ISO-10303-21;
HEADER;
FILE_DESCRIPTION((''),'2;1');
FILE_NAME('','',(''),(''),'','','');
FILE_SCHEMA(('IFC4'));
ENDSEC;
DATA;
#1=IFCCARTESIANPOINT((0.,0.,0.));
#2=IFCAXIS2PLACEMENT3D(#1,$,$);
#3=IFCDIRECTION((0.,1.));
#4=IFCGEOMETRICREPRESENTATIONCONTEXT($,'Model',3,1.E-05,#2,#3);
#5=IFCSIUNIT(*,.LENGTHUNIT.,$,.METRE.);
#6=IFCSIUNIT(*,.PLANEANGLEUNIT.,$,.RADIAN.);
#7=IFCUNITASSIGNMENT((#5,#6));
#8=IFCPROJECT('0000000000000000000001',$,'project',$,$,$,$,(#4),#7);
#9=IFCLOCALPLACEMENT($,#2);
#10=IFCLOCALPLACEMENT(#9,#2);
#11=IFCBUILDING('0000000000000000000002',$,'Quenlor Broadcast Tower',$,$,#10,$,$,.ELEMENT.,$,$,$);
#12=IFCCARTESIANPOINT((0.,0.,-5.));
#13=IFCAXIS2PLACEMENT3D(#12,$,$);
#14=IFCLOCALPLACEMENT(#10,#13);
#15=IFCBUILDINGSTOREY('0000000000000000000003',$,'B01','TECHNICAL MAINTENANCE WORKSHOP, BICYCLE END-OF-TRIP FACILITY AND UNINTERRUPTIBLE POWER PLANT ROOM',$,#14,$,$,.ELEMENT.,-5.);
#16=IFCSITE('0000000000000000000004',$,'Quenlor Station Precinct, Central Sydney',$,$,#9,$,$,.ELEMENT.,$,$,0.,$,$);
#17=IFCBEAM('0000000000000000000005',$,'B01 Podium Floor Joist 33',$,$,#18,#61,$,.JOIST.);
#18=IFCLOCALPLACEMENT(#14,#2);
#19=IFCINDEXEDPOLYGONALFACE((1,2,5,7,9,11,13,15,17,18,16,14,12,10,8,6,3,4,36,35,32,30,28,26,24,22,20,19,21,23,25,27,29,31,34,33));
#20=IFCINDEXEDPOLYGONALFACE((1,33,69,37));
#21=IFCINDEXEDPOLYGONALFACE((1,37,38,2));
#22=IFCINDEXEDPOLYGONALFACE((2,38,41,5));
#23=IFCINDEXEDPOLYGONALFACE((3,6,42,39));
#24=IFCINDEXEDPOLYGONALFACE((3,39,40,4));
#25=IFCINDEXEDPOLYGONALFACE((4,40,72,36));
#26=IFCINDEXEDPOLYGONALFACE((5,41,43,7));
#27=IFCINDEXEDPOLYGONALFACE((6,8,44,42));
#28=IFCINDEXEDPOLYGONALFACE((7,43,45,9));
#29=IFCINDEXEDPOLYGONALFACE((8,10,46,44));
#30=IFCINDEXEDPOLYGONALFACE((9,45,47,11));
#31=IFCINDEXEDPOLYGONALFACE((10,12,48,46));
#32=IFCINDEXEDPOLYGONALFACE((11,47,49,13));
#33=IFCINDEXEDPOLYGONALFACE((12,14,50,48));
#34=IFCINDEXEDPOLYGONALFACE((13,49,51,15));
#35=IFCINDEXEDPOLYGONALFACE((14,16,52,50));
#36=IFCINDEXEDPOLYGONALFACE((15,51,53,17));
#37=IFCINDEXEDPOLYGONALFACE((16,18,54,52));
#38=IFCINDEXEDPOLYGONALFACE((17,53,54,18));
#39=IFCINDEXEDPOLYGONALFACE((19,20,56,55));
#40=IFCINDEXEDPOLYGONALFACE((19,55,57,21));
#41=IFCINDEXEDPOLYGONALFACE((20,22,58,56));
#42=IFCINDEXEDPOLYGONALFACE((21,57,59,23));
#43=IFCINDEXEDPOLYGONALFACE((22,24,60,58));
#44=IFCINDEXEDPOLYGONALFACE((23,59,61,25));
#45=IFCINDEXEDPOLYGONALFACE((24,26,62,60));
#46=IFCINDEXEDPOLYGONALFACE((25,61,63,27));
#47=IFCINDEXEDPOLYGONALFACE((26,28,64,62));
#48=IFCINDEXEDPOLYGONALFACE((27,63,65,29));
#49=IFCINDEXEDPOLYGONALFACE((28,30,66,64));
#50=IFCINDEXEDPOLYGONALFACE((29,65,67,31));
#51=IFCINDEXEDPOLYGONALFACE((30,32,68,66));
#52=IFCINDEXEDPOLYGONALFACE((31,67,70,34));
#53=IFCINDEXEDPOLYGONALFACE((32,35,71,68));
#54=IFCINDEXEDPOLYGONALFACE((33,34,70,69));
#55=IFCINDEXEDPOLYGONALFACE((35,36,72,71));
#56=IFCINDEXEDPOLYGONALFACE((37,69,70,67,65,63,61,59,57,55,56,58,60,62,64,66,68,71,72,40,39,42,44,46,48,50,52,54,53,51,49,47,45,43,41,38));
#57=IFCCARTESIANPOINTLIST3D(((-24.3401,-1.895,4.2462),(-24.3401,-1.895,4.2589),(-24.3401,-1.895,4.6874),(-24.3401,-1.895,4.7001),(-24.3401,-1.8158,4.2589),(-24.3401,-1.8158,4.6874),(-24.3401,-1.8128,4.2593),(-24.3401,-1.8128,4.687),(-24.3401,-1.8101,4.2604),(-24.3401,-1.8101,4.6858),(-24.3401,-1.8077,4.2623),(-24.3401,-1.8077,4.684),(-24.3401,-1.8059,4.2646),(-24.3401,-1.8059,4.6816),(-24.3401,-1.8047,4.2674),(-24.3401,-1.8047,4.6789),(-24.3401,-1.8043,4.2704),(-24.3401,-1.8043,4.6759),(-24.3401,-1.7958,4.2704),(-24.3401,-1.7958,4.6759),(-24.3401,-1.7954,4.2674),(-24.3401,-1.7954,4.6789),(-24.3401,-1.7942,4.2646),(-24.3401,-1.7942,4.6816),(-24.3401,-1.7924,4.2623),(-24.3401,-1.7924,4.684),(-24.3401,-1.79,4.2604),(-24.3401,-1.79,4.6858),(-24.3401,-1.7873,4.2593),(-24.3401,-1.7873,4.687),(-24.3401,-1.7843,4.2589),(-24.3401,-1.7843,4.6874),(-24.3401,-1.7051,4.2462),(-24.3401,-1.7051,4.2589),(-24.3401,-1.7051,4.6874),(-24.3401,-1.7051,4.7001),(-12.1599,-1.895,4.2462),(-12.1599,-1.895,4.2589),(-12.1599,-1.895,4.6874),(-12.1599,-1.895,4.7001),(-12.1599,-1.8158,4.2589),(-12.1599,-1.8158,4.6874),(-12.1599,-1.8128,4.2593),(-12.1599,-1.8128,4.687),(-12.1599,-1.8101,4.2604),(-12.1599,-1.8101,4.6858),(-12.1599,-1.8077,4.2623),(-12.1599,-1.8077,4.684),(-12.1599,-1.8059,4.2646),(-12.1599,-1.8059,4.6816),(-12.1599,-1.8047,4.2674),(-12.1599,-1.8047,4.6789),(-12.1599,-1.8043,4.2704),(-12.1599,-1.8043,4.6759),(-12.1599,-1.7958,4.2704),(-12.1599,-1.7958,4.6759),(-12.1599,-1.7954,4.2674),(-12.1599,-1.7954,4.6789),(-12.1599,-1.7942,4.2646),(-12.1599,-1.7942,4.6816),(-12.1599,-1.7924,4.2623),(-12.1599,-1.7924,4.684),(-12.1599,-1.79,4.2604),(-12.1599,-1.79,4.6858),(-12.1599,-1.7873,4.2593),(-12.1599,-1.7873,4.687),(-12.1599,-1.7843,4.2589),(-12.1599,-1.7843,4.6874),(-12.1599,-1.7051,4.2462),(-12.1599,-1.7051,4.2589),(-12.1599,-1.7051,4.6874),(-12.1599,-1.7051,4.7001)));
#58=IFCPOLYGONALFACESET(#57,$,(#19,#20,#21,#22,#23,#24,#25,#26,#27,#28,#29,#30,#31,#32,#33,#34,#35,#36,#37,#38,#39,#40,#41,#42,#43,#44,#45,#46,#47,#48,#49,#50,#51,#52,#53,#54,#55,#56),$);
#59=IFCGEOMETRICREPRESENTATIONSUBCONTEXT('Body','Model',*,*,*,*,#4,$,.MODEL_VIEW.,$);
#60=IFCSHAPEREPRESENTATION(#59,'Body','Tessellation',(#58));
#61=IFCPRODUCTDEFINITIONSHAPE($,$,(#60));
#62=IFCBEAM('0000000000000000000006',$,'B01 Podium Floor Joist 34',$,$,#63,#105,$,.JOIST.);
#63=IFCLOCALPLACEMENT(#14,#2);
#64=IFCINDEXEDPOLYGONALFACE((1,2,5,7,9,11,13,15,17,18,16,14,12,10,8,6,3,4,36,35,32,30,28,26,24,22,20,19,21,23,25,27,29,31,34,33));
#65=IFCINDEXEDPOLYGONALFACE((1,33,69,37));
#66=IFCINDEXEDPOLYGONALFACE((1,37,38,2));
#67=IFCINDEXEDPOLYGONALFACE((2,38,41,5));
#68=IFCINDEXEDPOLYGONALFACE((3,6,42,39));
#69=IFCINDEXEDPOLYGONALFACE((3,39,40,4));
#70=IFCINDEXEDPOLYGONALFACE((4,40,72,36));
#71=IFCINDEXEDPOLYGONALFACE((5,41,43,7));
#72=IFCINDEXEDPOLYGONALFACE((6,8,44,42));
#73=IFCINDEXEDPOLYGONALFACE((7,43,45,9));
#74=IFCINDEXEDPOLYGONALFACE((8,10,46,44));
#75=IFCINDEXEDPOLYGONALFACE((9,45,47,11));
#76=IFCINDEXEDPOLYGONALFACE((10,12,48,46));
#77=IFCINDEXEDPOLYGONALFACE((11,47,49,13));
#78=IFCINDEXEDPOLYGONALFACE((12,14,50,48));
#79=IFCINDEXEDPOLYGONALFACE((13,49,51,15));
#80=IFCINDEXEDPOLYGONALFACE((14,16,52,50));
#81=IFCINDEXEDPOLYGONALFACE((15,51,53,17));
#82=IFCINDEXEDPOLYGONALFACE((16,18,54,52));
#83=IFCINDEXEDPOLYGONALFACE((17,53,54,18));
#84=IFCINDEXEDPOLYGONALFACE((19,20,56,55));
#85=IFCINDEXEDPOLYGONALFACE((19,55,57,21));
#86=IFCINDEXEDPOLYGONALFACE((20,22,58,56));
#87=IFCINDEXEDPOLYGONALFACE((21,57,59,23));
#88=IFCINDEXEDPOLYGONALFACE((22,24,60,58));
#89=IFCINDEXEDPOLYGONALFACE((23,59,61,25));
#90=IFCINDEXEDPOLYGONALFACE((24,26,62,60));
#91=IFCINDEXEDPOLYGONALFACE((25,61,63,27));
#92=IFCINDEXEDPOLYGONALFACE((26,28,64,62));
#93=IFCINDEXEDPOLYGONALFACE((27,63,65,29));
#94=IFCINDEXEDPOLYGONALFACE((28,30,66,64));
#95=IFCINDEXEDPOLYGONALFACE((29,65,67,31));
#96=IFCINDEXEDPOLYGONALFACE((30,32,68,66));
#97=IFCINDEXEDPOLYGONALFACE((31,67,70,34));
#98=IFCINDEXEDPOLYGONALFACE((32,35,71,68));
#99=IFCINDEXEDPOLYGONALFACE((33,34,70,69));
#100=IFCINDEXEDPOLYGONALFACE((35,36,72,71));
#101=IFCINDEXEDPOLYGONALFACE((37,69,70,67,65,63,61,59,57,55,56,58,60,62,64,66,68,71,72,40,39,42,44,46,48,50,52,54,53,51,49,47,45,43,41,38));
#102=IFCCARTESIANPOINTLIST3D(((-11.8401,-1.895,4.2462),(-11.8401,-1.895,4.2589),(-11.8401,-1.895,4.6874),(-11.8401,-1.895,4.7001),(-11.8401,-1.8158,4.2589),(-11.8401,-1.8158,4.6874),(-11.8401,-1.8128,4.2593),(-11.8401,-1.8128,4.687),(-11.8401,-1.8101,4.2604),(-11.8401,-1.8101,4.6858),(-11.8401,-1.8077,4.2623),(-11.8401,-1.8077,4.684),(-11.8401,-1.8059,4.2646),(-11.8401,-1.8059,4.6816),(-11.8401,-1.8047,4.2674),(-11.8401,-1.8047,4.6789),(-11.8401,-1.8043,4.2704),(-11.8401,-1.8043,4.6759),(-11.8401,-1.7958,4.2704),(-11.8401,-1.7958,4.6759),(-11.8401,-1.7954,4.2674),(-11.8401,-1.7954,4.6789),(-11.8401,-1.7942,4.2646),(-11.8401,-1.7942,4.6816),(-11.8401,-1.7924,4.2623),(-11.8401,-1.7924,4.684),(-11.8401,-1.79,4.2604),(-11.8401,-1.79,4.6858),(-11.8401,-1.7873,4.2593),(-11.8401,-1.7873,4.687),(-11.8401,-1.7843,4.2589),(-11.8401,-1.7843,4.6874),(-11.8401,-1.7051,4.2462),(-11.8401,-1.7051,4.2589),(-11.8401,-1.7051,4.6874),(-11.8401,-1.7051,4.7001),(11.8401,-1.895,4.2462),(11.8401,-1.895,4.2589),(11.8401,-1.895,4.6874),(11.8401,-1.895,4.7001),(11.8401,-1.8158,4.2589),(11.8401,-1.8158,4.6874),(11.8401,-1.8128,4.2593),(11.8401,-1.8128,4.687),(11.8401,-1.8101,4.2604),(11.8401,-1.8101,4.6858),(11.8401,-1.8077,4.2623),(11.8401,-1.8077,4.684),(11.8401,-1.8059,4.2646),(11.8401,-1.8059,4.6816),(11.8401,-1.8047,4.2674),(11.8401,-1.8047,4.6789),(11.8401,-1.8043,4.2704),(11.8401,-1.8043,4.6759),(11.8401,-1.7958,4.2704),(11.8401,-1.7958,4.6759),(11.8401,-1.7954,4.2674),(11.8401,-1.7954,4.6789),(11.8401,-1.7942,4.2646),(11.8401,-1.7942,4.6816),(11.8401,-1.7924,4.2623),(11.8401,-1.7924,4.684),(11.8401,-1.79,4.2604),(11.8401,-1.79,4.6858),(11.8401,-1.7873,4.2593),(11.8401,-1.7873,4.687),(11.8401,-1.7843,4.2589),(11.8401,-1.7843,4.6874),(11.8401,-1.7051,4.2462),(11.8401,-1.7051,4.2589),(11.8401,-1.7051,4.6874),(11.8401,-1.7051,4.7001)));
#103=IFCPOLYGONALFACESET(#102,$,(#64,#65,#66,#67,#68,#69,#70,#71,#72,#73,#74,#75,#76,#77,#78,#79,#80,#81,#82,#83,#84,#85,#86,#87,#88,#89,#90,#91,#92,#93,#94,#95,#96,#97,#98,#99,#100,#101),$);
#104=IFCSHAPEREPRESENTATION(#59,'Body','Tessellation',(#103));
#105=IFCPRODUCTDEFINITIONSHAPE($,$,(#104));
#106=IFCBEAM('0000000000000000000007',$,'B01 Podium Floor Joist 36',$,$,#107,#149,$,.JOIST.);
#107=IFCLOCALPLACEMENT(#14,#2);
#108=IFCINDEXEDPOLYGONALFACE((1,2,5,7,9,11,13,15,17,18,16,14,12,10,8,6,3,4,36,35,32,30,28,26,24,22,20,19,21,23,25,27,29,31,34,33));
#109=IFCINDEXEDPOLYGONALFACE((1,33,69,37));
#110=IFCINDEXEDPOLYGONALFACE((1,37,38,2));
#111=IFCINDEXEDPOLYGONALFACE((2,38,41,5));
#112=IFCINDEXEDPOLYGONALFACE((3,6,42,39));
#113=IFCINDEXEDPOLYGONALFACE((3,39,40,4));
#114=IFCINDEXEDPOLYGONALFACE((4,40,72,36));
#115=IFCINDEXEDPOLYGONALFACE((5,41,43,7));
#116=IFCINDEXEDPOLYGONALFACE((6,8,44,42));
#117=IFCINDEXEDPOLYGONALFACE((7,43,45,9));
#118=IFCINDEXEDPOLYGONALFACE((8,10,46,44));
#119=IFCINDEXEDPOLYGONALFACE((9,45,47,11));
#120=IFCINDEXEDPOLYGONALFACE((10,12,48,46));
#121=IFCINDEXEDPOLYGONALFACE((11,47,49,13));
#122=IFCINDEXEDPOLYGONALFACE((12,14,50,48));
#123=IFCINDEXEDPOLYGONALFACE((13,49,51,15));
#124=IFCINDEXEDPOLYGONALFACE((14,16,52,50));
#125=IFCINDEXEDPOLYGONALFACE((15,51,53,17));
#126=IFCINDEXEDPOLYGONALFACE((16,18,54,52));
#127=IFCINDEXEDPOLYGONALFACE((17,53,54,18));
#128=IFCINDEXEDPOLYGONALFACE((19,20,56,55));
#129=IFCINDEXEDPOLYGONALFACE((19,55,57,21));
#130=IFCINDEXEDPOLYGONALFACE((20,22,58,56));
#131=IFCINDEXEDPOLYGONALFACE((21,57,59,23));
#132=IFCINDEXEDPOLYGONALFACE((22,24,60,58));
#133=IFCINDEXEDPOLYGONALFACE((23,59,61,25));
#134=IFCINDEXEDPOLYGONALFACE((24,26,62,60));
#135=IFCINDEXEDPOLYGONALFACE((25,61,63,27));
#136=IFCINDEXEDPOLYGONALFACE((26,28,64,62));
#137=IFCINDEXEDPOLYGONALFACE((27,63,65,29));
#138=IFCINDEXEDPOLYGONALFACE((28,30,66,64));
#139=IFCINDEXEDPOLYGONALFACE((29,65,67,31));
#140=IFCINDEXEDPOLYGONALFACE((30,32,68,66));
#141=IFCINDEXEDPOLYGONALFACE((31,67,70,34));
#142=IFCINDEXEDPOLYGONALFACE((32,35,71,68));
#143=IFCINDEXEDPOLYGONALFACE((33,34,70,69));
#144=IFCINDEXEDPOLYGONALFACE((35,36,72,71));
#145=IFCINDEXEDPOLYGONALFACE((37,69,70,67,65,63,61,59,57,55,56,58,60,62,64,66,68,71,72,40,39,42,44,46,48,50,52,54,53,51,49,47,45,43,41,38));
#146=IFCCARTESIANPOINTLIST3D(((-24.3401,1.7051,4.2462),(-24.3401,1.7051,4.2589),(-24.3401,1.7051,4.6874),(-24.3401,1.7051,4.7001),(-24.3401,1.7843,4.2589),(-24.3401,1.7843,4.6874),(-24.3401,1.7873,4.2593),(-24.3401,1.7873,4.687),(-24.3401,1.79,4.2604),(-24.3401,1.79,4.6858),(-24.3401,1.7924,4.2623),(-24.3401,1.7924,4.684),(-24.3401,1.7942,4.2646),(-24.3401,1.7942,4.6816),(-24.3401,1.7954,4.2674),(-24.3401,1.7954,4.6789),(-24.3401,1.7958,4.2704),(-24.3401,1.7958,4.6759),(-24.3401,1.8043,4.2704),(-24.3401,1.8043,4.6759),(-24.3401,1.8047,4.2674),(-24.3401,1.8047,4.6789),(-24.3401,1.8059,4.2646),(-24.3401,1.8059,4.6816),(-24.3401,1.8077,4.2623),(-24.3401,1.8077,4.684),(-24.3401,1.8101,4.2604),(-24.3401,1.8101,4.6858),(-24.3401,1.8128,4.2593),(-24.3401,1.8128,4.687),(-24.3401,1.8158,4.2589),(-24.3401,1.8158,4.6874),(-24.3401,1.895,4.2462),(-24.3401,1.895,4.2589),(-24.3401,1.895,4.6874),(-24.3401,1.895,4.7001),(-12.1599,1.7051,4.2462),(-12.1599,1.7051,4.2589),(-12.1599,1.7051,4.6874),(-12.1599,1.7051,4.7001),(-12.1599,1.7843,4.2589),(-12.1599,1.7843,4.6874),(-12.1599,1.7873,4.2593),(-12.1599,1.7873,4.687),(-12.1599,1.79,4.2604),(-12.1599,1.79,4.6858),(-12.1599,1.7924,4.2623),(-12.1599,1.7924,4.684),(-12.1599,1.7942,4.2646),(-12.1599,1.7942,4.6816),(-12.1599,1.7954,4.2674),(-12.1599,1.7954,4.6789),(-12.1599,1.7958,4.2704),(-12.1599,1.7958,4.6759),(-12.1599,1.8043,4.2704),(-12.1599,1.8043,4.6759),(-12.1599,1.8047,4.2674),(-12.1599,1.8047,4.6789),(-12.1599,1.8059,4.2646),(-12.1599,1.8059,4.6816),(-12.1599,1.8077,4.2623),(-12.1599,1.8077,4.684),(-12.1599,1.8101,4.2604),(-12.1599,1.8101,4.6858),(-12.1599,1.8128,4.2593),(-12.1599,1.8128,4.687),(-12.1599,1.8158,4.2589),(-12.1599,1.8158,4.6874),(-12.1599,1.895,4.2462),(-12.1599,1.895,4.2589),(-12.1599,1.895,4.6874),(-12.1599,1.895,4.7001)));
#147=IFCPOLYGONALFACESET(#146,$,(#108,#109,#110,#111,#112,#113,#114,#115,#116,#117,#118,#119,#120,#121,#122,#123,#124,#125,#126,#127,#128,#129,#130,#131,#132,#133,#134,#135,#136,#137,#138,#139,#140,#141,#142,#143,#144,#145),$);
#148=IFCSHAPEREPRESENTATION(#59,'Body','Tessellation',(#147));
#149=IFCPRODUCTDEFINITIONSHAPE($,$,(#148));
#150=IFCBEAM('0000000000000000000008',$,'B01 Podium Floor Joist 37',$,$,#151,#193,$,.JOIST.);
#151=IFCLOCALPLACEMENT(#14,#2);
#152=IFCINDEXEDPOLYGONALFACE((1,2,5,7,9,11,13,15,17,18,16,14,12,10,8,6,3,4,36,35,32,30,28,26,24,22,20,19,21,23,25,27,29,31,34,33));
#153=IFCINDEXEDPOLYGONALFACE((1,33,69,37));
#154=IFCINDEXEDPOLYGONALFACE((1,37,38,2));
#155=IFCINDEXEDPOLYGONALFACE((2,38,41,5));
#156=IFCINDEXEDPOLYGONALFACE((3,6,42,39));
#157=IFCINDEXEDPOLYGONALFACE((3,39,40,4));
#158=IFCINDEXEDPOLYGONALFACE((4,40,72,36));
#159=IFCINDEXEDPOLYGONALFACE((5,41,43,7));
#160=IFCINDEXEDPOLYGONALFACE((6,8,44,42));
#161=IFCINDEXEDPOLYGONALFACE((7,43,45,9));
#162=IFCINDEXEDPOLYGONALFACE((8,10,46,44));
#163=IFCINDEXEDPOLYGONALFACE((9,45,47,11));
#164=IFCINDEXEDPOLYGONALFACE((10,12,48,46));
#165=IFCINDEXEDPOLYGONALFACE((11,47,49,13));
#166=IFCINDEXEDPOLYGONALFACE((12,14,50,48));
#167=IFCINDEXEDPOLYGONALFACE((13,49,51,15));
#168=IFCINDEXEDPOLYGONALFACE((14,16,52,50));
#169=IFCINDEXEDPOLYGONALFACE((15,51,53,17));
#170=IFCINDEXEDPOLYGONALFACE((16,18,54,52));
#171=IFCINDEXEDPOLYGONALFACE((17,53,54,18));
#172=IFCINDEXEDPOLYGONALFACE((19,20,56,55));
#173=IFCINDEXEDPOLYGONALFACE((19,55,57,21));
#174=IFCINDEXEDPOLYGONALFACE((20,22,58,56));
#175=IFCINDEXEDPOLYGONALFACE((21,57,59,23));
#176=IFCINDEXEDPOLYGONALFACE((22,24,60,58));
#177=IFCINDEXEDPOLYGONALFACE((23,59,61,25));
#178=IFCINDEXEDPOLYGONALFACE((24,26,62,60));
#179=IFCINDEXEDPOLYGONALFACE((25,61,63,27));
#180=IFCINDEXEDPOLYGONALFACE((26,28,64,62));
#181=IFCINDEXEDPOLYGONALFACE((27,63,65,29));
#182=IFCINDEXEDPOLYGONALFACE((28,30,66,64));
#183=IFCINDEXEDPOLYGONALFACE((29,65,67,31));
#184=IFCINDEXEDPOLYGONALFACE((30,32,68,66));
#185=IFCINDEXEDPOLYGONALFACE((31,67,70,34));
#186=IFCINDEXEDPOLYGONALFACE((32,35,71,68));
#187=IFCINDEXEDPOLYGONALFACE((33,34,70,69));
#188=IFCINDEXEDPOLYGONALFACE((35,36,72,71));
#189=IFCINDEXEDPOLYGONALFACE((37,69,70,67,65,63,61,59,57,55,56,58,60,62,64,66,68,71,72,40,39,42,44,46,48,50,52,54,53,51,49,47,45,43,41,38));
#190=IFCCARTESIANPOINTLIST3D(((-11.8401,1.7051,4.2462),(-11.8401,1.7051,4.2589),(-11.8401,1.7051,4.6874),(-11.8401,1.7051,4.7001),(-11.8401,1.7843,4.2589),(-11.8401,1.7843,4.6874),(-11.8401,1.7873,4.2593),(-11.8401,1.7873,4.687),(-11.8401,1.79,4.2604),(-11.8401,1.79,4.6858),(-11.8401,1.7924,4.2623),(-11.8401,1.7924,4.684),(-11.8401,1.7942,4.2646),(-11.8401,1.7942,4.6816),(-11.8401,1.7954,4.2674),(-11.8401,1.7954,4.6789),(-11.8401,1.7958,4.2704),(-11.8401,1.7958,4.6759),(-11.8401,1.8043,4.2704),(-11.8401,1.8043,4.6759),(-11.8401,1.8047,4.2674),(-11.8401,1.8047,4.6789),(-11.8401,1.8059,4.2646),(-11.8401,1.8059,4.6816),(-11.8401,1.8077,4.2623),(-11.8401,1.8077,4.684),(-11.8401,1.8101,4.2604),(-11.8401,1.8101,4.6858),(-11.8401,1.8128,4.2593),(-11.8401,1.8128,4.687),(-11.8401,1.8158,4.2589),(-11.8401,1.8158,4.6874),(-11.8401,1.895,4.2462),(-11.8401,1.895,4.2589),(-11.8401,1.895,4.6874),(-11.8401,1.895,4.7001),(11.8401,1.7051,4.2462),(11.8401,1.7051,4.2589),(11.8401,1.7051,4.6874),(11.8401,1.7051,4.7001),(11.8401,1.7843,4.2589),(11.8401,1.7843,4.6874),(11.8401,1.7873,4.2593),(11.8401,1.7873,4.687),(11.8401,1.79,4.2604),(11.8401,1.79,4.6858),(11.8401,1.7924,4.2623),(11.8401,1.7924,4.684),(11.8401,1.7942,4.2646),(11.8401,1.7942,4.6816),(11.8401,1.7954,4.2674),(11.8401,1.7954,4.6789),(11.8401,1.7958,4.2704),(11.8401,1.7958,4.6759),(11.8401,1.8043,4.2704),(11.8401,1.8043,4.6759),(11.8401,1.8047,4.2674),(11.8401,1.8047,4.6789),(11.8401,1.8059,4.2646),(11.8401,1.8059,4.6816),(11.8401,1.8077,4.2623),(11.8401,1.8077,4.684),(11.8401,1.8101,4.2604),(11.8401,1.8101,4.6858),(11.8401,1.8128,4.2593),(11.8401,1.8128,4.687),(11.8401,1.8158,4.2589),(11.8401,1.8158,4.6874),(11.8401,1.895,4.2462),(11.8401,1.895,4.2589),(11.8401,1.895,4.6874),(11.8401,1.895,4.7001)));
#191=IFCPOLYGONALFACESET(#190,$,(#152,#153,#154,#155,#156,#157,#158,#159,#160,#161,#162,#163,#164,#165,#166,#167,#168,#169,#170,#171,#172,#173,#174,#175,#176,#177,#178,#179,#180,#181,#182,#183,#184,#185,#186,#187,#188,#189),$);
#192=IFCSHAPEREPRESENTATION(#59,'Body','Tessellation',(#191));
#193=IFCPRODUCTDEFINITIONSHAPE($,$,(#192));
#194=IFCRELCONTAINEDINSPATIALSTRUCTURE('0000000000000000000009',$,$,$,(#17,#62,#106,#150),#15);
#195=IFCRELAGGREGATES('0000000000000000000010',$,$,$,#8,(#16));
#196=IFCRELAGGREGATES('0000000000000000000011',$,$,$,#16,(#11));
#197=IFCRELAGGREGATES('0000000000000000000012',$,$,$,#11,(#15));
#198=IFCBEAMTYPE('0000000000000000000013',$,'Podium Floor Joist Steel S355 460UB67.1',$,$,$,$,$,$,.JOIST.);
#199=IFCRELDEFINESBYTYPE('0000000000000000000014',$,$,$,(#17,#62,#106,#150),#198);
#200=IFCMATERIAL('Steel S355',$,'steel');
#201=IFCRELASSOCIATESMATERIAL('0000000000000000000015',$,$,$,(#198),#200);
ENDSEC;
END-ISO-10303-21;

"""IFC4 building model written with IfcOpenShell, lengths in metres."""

from ifc_helpers import new_model, si_unit, direction, frame, origin, origin_2d, place, context, subcontext, project, spatial, i_section, extrude, material, material_profile, profile_set, type_object, element, save


model = new_model("IFC4")

# Units and contexts
model_context = context("Model", 3, precision=1e-05, world=origin(), true_north=direction((0.0, 1.0)))
body_context = subcontext(model_context, "Body", "Model", "MODEL_VIEW")
ifc_project = project(units=[si_unit("LENGTHUNIT", "METRE"), si_unit("PLANEANGLEUNIT", "RADIAN")], contexts=[model_context])

# Site, building, storey
site_placement = place(None, origin())
site = spatial("IfcSite", under=ifc_project, at=site_placement, Name="Quenlor Station Precinct, Central Sydney", CompositionType="ELEMENT", RefElevation=0.0)
building_placement = place(site_placement, origin())
building = spatial("IfcBuilding", under=site, at=building_placement, Name="Quenlor Broadcast Tower", CompositionType="ELEMENT")
storey_placement = place(building_placement, frame((0.0, 0.0, -5.0)))
storey = spatial("IfcBuildingStorey", under=building, at=storey_placement, Name="B01", Description="TECHNICAL MAINTENANCE WORKSHOP, BICYCLE END-OF-TRIP FACILITY AND UNINTERRUPTIBLE POWER PLANT ROOM", CompositionType="ELEMENT", Elevation=-5.0)

# Beams
ifc_material_1 = material(Name="Steel S355", Category="steel")
ifc_material_profile_1 = material_profile(ifc_material_1, i_section(OverallWidth=0.1899, OverallDepth=0.4539, WebThickness=0.0085, FlangeThickness=0.0127, FilletRadius=0.0115, at=origin_2d()))
ifc_profile_set_1 = profile_set([ifc_material_profile_1], Name="Steel S355 460UB67.1")
beam_type_1 = type_object("IfcBeamType", Name="Podium Floor Joist Steel S355 460UB67.1", PredefinedType="JOIST", material=ifc_profile_set_1)
beam_1_placement = place(storey_placement, frame((-24.3401, -1.8, 4.4731), z_axis=(1.0, 0.0, 0.0), x_axis=(0.0, 1.0, 0.0)))
element("IfcBeam", 1, at=beam_1_placement, inside=storey, type_object=beam_type_1, Name="B01 Podium Floor Joist 33", PredefinedType="JOIST", context=body_context, shape_type="SweptSolid", body=[
    extrude(i_section(OverallWidth=0.1899, OverallDepth=0.4539, WebThickness=0.0085, FlangeThickness=0.0127, FilletRadius=0.0115, at=origin_2d()), origin(), (0.0, 0.0, 1.0), 12.1802),
])
beam_2_placement = place(storey_placement, frame((-11.8401, -1.8, 4.4731), z_axis=(1.0, 0.0, 0.0), x_axis=(0.0, 1.0, 0.0)))
element("IfcBeam", 2, at=beam_2_placement, inside=storey, type_object=beam_type_1, Name="B01 Podium Floor Joist 34", PredefinedType="JOIST", context=body_context, shape_type="SweptSolid", body=[
    extrude(i_section(OverallWidth=0.1899, OverallDepth=0.4539, WebThickness=0.0085, FlangeThickness=0.0127, FilletRadius=0.0115, at=origin_2d()), origin(), (0.0, 0.0, 1.0), 23.6802),
])
beam_3_placement = place(storey_placement, frame((-24.3401, 1.8, 4.4731), z_axis=(1.0, 0.0, 0.0), x_axis=(0.0, 1.0, 0.0)))
element("IfcBeam", 3, at=beam_3_placement, inside=storey, type_object=beam_type_1, Name="B01 Podium Floor Joist 36", PredefinedType="JOIST", context=body_context, shape_type="SweptSolid", body=[
    extrude(i_section(OverallWidth=0.1899, OverallDepth=0.4539, WebThickness=0.0085, FlangeThickness=0.0127, FilletRadius=0.0115, at=origin_2d()), origin(), (0.0, 0.0, 1.0), 12.1802),
])
beam_4_placement = place(storey_placement, frame((-11.8401, 1.8, 4.4731), z_axis=(1.0, 0.0, 0.0), x_axis=(0.0, 1.0, 0.0)))
element("IfcBeam", 4, at=beam_4_placement, inside=storey, type_object=beam_type_1, Name="B01 Podium Floor Joist 37", PredefinedType="JOIST", context=body_context, shape_type="SweptSolid", body=[
    extrude(i_section(OverallWidth=0.1899, OverallDepth=0.4539, WebThickness=0.0085, FlangeThickness=0.0127, FilletRadius=0.0115, at=origin_2d()), origin(), (0.0, 0.0, 1.0), 23.6802),
])

save(model, "model.ifc")
